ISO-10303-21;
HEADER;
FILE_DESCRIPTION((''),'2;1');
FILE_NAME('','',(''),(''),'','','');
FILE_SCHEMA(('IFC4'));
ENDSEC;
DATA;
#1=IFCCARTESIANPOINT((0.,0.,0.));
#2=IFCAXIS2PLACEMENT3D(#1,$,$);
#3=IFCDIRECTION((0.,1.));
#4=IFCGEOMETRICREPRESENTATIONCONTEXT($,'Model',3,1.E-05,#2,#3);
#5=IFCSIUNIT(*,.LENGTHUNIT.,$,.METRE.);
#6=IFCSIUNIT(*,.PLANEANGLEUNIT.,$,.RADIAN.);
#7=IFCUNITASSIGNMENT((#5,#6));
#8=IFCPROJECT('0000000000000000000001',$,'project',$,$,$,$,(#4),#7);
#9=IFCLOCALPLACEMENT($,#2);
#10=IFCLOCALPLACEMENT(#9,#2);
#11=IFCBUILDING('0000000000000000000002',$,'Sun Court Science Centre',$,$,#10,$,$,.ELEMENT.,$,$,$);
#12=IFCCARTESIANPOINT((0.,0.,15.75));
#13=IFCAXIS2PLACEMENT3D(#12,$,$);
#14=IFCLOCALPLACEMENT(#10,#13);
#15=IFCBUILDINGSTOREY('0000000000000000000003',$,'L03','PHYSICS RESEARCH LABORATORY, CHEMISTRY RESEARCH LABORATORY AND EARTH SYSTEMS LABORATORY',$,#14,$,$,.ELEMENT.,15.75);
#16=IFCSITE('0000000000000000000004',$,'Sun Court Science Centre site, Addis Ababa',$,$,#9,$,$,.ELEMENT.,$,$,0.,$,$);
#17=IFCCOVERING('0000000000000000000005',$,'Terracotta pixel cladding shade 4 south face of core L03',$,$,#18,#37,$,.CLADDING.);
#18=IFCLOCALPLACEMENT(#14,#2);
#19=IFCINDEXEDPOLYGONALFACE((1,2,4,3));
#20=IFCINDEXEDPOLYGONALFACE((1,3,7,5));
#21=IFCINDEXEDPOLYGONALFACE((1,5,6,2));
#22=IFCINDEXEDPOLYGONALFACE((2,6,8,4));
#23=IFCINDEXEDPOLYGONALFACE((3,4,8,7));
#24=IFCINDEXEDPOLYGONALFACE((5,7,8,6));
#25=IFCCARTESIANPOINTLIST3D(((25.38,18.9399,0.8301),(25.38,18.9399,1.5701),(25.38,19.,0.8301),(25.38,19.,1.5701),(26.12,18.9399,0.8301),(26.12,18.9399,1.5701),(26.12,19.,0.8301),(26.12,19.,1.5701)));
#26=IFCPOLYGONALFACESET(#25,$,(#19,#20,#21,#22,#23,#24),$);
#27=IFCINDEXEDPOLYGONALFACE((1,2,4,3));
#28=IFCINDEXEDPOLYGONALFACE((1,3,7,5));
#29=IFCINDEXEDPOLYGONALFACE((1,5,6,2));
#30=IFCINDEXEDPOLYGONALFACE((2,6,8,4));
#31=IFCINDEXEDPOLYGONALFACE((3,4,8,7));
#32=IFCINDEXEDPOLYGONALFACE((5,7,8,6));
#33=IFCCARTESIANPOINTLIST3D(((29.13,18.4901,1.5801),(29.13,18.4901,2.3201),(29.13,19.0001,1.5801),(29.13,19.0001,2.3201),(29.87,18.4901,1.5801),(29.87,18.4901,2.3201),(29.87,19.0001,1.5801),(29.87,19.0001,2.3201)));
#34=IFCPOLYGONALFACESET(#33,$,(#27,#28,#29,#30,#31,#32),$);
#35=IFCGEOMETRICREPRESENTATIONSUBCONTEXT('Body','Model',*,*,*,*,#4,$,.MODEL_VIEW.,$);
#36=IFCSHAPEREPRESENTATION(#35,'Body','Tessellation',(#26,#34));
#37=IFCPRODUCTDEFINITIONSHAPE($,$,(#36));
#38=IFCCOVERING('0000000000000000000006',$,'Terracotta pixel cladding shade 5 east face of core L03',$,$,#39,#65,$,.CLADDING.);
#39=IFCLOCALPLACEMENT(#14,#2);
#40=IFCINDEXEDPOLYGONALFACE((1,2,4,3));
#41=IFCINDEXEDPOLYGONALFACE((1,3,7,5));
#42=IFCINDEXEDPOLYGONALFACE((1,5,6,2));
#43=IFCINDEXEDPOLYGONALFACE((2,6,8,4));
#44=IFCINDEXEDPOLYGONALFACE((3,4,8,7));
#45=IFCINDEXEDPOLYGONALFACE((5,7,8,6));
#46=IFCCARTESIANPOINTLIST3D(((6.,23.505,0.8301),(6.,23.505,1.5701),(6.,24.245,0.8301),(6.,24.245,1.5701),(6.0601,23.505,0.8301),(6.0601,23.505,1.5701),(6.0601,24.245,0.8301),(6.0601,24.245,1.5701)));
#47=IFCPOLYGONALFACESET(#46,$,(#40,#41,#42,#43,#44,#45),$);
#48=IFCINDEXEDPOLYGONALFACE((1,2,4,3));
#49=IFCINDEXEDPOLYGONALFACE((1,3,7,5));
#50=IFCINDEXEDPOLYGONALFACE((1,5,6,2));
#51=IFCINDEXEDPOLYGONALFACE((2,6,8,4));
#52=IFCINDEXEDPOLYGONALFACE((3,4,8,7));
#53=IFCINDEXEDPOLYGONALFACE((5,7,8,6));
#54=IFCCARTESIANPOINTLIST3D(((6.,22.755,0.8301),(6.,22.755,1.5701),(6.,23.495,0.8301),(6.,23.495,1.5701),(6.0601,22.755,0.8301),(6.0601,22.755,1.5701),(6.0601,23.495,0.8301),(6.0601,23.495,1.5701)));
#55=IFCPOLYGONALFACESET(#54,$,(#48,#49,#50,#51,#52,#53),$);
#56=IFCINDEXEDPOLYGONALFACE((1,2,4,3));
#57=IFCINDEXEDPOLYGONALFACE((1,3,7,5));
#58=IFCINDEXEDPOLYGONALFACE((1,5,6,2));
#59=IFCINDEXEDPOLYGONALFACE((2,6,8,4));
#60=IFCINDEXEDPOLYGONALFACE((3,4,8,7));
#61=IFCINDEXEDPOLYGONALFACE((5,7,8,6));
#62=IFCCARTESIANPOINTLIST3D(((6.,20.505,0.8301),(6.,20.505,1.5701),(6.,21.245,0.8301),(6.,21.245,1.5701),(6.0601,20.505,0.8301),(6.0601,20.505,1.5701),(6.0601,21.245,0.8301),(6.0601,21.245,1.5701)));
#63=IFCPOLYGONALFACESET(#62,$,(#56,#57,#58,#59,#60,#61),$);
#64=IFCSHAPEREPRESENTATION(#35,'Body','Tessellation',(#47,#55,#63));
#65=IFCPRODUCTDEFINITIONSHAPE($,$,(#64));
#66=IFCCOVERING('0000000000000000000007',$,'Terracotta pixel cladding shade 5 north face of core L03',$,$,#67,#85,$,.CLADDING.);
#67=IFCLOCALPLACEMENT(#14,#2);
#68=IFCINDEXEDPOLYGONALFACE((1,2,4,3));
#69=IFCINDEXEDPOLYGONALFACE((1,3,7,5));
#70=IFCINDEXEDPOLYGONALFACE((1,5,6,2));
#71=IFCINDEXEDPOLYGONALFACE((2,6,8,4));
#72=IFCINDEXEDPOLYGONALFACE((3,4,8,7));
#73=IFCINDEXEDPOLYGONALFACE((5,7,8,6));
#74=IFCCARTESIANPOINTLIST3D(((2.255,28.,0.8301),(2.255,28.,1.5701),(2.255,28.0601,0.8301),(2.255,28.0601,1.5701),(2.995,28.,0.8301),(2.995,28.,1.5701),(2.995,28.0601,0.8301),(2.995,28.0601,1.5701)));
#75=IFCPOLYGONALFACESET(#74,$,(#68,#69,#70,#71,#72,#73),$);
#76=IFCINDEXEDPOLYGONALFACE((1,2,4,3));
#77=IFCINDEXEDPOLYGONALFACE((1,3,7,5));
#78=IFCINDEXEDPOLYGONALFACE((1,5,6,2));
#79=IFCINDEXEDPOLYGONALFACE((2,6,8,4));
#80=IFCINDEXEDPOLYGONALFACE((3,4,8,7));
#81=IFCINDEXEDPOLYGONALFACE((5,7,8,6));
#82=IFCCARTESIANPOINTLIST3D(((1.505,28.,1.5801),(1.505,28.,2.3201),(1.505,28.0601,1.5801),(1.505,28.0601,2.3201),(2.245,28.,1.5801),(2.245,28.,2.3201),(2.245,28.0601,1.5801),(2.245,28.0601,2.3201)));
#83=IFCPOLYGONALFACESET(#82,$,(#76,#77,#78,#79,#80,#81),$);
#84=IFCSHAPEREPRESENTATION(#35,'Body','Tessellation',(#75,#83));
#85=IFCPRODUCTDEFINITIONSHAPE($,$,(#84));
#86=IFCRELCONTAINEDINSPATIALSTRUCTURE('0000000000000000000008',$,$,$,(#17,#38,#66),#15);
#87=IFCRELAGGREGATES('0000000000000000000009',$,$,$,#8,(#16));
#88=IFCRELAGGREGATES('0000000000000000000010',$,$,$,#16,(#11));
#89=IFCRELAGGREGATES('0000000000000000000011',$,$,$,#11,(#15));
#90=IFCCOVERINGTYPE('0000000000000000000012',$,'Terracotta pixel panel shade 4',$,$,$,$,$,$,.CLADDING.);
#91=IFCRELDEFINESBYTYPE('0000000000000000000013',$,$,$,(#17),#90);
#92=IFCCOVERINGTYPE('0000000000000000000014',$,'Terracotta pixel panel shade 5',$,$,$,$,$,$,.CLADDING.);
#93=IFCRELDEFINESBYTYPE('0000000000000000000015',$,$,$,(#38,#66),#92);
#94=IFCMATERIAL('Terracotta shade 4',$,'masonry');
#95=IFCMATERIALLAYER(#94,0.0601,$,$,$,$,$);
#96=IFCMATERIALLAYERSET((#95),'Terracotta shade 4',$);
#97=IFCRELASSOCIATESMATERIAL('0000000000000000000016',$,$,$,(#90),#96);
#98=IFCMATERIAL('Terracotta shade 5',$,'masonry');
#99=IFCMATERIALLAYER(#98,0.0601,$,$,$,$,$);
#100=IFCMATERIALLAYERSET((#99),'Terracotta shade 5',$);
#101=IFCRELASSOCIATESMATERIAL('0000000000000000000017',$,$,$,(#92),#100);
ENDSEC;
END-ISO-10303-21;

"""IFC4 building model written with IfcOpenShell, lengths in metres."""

from ifc_helpers import new_model, si_unit, direction, frame, origin, origin_2d, place, context, subcontext, project, spatial, rectangle, extrude, material, layer, layer_set, type_object, element, save


model = new_model("IFC4")

# Units and contexts
model_context = context("Model", 3, precision=1e-05, world=origin(), true_north=direction((0.0, 1.0)))
body_context = subcontext(model_context, "Body", "Model", "MODEL_VIEW")
ifc_project = project(units=[si_unit("LENGTHUNIT", "METRE"), si_unit("PLANEANGLEUNIT", "RADIAN")], contexts=[model_context])

# Site, building, storey
site_placement = place(None, origin())
site = spatial("IfcSite", under=ifc_project, at=site_placement, Name="Sun Court Science Centre site, Addis Ababa", CompositionType="ELEMENT", RefElevation=0.0)
building_placement = place(site_placement, origin())
building = spatial("IfcBuilding", under=site, at=building_placement, Name="Sun Court Science Centre", CompositionType="ELEMENT")
storey_placement = place(building_placement, frame((0.0, 0.0, 15.75)))
storey = spatial("IfcBuildingStorey", under=building, at=storey_placement, Name="L03", Description="PHYSICS RESEARCH LABORATORY, CHEMISTRY RESEARCH LABORATORY AND EARTH SYSTEMS LABORATORY", CompositionType="ELEMENT", Elevation=15.75)

# Coverings
ifc_material_1 = material(Name="Terracotta shade 4", Category="masonry")
ifc_layer_1 = layer(ifc_material_1, 0.0601)
ifc_layer_set_1 = layer_set([ifc_layer_1], Name="Terracotta shade 4")
covering_type_1 = type_object("IfcCoveringType", Name="Terracotta pixel panel shade 4", PredefinedType="CLADDING", material=ifc_layer_set_1)
covering_1_placement = place(storey_placement, frame((0.0, 0.0, -15.75)))
element("IfcCovering", 1, at=covering_1_placement, inside=storey, type_object=covering_type_1, Name="Terracotta pixel cladding shade 4 south face of core L03", PredefinedType="CLADDING", context=body_context, shape_type="SweptSolid", body=[
    extrude(rectangle(XDim=0.74, YDim=0.0601, at=origin_2d()), frame((25.75, 18.97, 16.5801), z_axis=(0.0, 0.0, 1.0), x_axis=(-1.0, 0.0, 0.0)), (0.0, 0.0, 1.0), 0.74),
    extrude(rectangle(XDim=0.74, YDim=0.51, at=origin_2d()), frame((29.5, 18.7451, 17.3301), z_axis=(0.0, 0.0, 1.0), x_axis=(-1.0, 0.0, 0.0)), (0.0, 0.0, 1.0), 0.74),
])
ifc_material_2 = material(Name="Terracotta shade 5", Category="masonry")
ifc_layer_2 = layer(ifc_material_2, 0.0601)
ifc_layer_set_2 = layer_set([ifc_layer_2], Name="Terracotta shade 5")
covering_type_2 = type_object("IfcCoveringType", Name="Terracotta pixel panel shade 5", PredefinedType="CLADDING", material=ifc_layer_set_2)
covering_2_placement = place(storey_placement, frame((0.0, 0.0, -15.75)))
element("IfcCovering", 2, at=covering_2_placement, inside=storey, type_object=covering_type_2, Name="Terracotta pixel cladding shade 5 east face of core L03", PredefinedType="CLADDING", context=body_context, shape_type="SweptSolid", body=[
    extrude(rectangle(XDim=0.74, YDim=0.0601, at=origin_2d()), frame((6.03, 23.875, 16.5801), z_axis=(0.0, 0.0, 1.0), x_axis=(0.0, -1.0, 0.0)), (0.0, 0.0, 1.0), 0.74),
    extrude(rectangle(XDim=0.74, YDim=0.0601, at=origin_2d()), frame((6.03, 23.125, 16.5801), z_axis=(0.0, 0.0, 1.0), x_axis=(0.0, -1.0, 0.0)), (0.0, 0.0, 1.0), 0.74),
    extrude(rectangle(XDim=0.74, YDim=0.0601, at=origin_2d()), frame((6.03, 20.875, 16.5801), z_axis=(0.0, 0.0, 1.0), x_axis=(0.0, -1.0, 0.0)), (0.0, 0.0, 1.0), 0.74),
])
covering_3_placement = place(storey_placement, frame((0.0, 0.0, -15.75)))
element("IfcCovering", 3, at=covering_3_placement, inside=storey, type_object=covering_type_2, Name="Terracotta pixel cladding shade 5 north face of core L03", PredefinedType="CLADDING", context=body_context, shape_type="SweptSolid", body=[
    extrude(rectangle(XDim=0.74, YDim=0.0601, at=origin_2d()), frame((2.625, 28.03, 16.5801), z_axis=(0.0, 0.0, 1.0), x_axis=(1.0, 0.0, 0.0)), (0.0, 0.0, 1.0), 0.74),
    extrude(rectangle(XDim=0.74, YDim=0.0601, at=origin_2d()), frame((1.875, 28.03, 17.3301), z_axis=(0.0, 0.0, 1.0), x_axis=(1.0, 0.0, 0.0)), (0.0, 0.0, 1.0), 0.74),
])

save(model, "model.ifc")
